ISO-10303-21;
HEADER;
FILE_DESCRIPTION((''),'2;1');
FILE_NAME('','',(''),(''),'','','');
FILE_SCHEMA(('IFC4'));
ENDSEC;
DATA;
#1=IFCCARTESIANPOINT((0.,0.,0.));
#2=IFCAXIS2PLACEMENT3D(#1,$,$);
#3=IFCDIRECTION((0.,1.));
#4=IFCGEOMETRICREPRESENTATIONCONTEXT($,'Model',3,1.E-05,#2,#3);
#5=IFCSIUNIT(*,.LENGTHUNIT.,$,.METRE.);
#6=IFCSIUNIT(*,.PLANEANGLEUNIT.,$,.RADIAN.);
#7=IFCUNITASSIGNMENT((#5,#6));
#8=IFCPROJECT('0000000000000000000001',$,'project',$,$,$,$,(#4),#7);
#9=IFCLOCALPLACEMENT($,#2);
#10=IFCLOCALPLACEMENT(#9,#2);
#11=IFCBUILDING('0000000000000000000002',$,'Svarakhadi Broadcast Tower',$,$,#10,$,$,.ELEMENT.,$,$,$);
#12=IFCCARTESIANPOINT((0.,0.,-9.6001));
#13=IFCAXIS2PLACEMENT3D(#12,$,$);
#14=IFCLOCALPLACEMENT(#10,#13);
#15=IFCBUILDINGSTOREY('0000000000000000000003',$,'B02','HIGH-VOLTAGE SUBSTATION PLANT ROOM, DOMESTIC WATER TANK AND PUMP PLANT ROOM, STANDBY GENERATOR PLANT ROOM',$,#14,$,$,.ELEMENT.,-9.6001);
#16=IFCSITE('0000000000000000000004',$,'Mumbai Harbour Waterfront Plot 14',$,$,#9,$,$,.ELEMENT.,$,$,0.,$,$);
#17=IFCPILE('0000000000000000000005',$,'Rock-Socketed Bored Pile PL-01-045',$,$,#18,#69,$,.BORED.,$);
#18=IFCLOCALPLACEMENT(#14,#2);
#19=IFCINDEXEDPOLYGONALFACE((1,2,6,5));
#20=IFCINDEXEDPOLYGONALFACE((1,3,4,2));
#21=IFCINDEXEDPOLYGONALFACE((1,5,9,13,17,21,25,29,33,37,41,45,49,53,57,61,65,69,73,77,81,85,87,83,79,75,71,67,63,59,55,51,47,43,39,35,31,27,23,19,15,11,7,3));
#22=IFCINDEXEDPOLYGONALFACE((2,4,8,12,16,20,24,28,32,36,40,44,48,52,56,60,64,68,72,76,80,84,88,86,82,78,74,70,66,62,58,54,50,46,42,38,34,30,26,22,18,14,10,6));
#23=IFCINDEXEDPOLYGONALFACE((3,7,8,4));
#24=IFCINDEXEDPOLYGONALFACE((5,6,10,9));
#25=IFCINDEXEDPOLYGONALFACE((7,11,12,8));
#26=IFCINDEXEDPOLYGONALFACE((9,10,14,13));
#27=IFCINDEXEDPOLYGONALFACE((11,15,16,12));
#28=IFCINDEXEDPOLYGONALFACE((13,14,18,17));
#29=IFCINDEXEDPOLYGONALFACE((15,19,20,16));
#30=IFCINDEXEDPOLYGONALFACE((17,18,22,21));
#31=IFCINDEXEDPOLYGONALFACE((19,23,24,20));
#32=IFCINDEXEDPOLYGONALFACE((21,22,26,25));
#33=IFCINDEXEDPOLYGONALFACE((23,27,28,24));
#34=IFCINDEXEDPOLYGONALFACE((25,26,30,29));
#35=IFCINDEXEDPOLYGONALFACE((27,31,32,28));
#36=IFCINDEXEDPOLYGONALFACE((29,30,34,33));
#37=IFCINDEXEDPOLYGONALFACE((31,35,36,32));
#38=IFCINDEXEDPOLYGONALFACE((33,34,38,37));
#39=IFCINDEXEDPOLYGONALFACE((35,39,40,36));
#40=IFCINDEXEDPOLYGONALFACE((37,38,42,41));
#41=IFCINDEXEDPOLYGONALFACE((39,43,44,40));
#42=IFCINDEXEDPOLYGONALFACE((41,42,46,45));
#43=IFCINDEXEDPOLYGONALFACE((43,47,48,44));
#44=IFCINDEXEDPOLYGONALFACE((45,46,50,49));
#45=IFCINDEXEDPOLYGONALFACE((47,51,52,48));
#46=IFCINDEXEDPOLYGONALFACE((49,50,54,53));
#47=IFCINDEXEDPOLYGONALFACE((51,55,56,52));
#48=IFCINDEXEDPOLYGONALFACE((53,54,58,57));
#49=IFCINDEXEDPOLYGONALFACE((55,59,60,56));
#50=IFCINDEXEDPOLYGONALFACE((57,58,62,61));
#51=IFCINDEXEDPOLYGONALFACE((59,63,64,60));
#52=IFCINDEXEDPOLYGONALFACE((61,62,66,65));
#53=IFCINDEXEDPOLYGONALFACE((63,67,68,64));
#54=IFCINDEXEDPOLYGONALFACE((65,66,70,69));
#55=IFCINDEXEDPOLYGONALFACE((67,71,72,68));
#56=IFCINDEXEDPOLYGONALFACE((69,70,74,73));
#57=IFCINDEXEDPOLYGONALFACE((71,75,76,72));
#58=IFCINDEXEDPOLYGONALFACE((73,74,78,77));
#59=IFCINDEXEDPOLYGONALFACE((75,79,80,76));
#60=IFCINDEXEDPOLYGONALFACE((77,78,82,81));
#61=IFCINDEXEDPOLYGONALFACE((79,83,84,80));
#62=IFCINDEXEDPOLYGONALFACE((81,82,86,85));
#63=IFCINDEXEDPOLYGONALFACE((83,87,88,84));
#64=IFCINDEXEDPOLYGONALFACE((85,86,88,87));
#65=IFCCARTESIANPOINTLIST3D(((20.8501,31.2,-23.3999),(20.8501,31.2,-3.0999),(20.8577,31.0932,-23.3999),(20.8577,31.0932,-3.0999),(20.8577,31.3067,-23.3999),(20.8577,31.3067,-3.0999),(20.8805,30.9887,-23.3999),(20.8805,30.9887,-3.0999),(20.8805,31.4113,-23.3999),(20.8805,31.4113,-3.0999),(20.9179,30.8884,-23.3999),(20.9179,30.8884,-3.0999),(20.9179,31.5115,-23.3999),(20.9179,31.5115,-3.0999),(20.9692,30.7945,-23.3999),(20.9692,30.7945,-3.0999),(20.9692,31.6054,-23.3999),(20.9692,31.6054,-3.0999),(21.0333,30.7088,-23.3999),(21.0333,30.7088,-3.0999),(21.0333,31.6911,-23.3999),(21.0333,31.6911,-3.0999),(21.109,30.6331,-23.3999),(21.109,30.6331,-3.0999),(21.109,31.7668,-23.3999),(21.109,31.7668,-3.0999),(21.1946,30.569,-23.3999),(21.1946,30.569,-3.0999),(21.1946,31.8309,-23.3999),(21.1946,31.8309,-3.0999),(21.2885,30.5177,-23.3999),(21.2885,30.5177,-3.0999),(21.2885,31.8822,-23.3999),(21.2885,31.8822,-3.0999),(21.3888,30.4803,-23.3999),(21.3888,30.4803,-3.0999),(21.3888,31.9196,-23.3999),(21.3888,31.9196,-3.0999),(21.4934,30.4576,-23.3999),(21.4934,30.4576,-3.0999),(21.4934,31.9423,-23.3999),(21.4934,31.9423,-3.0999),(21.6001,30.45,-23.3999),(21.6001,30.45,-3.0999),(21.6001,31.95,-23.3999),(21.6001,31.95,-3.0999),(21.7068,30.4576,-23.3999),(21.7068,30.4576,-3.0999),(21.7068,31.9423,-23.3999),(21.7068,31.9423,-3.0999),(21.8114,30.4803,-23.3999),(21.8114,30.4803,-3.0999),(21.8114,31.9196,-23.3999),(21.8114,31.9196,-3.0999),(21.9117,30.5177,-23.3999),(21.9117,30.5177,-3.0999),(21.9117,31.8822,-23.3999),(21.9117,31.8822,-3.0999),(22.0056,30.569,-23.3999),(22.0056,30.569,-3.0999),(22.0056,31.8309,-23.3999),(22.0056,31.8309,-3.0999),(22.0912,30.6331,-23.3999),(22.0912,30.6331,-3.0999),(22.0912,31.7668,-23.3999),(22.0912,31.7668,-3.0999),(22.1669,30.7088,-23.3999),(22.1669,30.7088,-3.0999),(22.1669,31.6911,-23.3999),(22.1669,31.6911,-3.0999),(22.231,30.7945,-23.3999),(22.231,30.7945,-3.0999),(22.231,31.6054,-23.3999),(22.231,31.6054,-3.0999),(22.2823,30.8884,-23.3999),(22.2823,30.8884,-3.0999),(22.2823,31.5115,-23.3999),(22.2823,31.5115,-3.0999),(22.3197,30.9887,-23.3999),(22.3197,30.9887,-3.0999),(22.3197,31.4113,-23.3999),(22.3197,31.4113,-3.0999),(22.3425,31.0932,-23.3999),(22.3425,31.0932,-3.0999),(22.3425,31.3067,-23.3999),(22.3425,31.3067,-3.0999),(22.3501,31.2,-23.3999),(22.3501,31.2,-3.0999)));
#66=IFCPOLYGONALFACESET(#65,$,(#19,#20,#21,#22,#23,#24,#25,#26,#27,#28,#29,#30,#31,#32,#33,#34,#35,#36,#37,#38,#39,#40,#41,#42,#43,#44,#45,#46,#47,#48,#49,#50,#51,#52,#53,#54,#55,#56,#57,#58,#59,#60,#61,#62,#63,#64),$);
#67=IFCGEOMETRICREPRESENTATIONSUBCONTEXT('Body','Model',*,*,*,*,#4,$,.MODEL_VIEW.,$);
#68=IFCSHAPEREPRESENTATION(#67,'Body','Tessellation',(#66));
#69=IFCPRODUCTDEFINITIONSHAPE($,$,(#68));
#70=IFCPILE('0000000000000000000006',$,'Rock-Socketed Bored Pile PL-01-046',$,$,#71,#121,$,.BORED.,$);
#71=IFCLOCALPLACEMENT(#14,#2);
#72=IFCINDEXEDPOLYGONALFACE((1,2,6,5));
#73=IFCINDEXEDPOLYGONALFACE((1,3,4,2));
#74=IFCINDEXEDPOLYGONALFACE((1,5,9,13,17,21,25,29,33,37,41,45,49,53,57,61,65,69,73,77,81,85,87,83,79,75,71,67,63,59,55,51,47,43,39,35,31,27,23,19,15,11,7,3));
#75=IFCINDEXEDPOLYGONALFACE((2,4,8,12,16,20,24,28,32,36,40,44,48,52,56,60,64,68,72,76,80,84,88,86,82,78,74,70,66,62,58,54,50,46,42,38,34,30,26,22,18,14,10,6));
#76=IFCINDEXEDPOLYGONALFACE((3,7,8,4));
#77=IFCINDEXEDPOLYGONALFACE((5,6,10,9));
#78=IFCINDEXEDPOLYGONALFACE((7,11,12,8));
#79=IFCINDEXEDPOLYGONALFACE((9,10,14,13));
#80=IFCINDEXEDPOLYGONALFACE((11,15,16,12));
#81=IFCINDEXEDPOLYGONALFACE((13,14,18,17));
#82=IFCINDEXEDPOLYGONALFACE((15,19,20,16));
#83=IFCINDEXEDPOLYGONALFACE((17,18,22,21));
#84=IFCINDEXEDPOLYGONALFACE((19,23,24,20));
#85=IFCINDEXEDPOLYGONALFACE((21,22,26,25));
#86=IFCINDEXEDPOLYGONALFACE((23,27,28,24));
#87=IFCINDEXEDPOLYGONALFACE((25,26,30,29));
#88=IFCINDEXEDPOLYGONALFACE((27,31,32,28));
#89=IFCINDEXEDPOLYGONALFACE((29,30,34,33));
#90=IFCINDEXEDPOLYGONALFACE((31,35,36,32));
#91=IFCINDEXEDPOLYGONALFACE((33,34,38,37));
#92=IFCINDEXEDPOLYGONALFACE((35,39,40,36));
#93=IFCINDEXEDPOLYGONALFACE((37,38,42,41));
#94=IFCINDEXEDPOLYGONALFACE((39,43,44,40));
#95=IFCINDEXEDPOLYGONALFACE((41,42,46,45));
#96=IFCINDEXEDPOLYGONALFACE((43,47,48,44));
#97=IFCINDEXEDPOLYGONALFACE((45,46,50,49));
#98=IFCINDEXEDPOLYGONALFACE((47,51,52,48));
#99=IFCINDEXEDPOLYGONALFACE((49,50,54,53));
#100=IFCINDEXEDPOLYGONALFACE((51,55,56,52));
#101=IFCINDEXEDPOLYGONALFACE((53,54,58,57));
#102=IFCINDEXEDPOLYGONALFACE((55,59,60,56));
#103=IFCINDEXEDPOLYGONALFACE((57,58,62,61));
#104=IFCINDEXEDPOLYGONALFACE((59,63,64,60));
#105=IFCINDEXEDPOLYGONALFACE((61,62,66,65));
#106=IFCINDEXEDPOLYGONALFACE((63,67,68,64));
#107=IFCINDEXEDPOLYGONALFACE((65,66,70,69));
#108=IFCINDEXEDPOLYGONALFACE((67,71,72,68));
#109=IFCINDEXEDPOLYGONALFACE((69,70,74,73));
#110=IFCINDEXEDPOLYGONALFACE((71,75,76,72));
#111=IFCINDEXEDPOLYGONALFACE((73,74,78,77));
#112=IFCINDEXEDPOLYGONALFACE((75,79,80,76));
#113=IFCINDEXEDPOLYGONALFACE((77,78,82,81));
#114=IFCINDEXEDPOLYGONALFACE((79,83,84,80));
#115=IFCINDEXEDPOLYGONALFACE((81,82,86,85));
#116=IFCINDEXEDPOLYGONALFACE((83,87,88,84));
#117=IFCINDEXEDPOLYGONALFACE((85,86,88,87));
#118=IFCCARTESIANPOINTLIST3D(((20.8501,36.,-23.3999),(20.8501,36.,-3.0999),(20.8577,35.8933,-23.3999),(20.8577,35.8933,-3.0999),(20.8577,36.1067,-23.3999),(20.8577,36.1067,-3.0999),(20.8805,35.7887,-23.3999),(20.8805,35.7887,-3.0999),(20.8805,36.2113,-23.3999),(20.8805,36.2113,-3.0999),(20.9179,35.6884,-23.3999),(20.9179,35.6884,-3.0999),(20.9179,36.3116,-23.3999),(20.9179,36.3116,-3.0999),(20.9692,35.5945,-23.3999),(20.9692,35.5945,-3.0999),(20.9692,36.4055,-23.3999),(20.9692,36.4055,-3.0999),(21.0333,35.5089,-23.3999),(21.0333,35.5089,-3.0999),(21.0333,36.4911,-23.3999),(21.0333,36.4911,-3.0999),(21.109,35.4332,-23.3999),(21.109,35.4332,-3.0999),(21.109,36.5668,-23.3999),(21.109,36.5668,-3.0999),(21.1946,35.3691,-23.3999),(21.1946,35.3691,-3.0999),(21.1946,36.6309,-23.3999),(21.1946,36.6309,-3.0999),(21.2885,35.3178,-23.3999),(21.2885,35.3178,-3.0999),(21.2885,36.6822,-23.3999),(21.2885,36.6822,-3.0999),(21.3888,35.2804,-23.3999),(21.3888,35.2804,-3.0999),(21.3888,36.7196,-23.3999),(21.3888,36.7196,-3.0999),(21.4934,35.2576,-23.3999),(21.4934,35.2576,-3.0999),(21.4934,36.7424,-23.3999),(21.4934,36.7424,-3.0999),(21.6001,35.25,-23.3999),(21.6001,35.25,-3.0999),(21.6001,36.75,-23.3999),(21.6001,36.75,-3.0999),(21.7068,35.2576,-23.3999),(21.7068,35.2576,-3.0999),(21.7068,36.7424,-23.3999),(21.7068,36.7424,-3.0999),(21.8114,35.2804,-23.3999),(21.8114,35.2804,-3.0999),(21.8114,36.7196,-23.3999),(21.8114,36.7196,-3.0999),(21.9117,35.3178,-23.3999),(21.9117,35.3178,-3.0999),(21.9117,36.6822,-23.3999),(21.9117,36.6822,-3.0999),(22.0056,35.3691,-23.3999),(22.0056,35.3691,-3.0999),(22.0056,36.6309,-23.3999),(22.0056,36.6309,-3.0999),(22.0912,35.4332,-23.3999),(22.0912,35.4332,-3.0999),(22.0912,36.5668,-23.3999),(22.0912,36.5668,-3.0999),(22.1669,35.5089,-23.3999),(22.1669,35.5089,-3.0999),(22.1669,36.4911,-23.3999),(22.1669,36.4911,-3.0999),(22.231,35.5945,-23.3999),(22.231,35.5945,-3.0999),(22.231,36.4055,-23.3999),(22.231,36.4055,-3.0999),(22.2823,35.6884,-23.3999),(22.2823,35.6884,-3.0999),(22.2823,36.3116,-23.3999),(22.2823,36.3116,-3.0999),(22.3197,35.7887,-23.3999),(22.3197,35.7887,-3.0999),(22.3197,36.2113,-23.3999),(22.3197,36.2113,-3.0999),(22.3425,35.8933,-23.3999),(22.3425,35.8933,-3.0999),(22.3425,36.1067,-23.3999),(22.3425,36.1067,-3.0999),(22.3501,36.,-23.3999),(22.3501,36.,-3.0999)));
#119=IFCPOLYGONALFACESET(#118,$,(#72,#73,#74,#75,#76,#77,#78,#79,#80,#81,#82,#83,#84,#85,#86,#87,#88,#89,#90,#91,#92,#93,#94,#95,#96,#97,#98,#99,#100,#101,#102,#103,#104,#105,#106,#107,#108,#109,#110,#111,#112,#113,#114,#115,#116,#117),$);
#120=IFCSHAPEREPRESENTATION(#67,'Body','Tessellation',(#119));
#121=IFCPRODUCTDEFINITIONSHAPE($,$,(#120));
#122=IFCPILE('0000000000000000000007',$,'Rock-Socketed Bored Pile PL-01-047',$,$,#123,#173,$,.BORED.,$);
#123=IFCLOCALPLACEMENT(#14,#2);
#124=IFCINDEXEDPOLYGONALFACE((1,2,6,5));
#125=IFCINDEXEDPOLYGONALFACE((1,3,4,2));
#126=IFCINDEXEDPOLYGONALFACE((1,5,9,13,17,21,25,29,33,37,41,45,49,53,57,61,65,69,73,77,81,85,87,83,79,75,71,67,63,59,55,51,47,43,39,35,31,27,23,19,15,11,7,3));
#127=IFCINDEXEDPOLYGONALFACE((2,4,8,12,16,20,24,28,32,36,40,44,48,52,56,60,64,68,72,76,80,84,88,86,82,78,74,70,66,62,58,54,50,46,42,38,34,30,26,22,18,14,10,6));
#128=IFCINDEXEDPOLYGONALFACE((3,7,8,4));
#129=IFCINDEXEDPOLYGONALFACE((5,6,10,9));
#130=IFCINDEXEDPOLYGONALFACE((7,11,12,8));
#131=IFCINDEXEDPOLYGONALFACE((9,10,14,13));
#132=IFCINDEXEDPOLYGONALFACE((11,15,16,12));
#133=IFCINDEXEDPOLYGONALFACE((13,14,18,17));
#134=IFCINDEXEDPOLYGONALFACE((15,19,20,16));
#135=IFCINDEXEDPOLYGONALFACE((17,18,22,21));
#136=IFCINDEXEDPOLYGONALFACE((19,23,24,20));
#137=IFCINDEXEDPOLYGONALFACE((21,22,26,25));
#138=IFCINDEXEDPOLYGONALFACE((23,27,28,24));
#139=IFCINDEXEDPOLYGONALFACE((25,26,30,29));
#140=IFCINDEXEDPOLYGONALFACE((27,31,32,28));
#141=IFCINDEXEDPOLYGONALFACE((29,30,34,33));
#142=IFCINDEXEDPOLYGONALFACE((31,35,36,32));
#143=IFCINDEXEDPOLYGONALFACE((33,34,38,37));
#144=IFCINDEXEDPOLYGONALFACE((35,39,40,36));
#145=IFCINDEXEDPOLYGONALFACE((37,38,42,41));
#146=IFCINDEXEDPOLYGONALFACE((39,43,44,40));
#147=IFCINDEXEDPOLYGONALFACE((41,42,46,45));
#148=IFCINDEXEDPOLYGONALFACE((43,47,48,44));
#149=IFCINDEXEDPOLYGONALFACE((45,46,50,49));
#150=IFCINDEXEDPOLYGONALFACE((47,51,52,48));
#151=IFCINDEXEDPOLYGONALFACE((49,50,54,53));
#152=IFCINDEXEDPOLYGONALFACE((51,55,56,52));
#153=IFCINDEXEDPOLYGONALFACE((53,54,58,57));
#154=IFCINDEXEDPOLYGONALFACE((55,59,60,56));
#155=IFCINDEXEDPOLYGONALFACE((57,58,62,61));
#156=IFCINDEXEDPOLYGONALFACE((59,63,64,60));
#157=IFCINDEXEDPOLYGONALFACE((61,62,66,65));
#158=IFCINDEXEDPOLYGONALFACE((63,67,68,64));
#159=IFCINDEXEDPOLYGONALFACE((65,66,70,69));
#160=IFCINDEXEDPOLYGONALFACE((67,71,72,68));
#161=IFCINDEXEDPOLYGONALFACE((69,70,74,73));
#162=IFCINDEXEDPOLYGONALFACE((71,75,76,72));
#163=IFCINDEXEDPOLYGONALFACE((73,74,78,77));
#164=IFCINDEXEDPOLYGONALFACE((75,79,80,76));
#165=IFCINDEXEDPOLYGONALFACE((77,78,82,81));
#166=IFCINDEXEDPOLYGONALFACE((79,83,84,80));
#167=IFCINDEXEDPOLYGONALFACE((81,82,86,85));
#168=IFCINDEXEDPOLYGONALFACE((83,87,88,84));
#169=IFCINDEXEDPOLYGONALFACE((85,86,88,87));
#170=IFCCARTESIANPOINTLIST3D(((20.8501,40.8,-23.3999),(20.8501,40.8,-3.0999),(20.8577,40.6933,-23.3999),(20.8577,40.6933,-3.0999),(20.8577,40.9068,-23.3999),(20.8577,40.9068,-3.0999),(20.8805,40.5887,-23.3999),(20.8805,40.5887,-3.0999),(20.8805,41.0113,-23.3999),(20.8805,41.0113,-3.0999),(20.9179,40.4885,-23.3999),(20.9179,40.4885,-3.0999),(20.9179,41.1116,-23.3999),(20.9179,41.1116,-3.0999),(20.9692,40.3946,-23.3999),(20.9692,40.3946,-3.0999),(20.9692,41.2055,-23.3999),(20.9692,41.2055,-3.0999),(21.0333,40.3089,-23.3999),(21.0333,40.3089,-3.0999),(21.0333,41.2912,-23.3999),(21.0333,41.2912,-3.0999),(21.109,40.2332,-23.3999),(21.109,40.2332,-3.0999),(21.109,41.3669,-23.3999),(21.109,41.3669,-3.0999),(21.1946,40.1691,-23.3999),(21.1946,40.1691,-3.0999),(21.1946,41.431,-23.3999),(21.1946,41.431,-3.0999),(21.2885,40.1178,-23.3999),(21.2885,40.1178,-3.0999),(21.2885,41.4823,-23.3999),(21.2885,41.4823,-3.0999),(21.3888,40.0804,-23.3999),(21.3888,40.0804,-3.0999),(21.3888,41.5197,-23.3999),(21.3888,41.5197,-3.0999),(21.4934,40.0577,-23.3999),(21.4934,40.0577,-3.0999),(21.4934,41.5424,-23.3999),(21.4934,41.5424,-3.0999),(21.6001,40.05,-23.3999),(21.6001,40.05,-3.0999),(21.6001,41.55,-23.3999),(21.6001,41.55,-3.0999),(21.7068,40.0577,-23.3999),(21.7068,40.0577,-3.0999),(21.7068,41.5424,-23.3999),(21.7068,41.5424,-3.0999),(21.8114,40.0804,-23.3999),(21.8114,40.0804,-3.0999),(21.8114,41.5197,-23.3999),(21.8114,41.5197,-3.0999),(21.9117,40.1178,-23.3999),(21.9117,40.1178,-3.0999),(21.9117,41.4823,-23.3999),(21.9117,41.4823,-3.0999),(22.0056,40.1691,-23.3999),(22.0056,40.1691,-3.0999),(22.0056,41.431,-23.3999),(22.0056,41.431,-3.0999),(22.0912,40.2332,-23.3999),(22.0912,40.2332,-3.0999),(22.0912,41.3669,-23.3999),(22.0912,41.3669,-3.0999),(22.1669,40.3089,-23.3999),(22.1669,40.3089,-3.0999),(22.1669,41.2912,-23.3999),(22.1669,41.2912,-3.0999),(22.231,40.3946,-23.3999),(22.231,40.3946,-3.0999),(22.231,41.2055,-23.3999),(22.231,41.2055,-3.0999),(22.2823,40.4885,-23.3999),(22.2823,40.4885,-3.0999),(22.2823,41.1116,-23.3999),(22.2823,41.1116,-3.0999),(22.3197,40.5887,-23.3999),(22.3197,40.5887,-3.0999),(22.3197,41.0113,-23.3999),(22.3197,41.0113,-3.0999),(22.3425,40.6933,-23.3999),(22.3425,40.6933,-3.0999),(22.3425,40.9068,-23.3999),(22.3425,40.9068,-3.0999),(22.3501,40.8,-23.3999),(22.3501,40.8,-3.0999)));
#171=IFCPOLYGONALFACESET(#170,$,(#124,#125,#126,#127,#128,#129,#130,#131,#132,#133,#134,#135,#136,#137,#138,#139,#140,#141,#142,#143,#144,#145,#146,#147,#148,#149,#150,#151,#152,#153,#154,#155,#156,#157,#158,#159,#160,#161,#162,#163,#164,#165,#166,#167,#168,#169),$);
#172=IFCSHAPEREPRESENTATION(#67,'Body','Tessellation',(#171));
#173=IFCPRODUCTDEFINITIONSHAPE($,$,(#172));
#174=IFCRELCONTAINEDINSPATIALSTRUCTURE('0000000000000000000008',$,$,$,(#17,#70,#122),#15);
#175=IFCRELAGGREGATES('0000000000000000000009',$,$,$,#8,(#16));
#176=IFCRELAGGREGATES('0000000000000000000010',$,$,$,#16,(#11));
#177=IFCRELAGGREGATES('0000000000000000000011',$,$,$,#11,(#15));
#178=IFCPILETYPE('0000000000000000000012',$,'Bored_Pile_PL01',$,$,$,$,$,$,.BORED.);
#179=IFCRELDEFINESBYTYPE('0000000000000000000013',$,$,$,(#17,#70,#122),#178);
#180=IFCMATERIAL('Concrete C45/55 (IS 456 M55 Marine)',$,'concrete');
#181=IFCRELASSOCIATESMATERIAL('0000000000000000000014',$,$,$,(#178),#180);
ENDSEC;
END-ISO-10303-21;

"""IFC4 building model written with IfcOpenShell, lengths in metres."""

from ifc_helpers import new_model, si_unit, direction, frame, origin, origin_2d, place, context, subcontext, project, spatial, circle, extrude, material, material_profile, profile_set, type_object, element, save


model = new_model("IFC4")

# Units and contexts
model_context = context("Model", 3, precision=1e-05, world=origin(), true_north=direction((0.0, 1.0)))
body_context = subcontext(model_context, "Body", "Model", "MODEL_VIEW")
ifc_project = project(units=[si_unit("LENGTHUNIT", "METRE"), si_unit("PLANEANGLEUNIT", "RADIAN")], contexts=[model_context])

# Site, building, storey
site_placement = place(None, origin())
site = spatial("IfcSite", under=ifc_project, at=site_placement, Name="Mumbai Harbour Waterfront Plot 14", CompositionType="ELEMENT", RefElevation=0.0)
building_placement = place(site_placement, origin())
building = spatial("IfcBuilding", under=site, at=building_placement, Name="Svarakhadi Broadcast Tower", CompositionType="ELEMENT")
storey_placement = place(building_placement, frame((0.0, 0.0, -9.6001)))
storey = spatial("IfcBuildingStorey", under=building, at=storey_placement, Name="B02", Description="HIGH-VOLTAGE SUBSTATION PLANT ROOM, DOMESTIC WATER TANK AND PUMP PLANT ROOM, STANDBY GENERATOR PLANT ROOM", CompositionType="ELEMENT", Elevation=-9.6001)

# Piles
ifc_material_1 = material(Name="Concrete C45/55 (IS 456 M55 Marine)", Category="concrete")
ifc_material_profile_1 = material_profile(ifc_material_1, circle(Radius=0.75, at=origin_2d()), Name="PILE D1500")
ifc_profile_set_1 = profile_set([ifc_material_profile_1], Name="Concrete C45/55 (IS 456 M55 Marine)")
pile_type = type_object("IfcPileType", Name="Bored_Pile_PL01", PredefinedType="BORED", material=ifc_profile_set_1)
for number, where, z_axis, x_axis, name in (
    (1, (21.6001, 31.2, -3.0999), (0.0, 0.0, -1.0), (1.0, 0.0, 0.0), "Rock-Socketed Bored Pile PL-01-045"),
    (2, (21.6001, 36.0, -3.0999), (0.0, 0.0, -1.0), (1.0, 0.0, 0.0), "Rock-Socketed Bored Pile PL-01-046"),
    (3, (21.6001, 40.8, -3.0999), (0.0, 0.0, -1.0), (1.0, 0.0, 0.0), "Rock-Socketed Bored Pile PL-01-047"),
):
    element("IfcPile", number, at=place(storey_placement, frame(where, z_axis=z_axis, x_axis=x_axis)), inside=storey, type_object=pile_type, Name=name, PredefinedType="BORED", context=body_context, shape_type="SweptSolid", body=[
        extrude(circle(Radius=0.75, at=origin_2d()), origin(), (0.0, 0.0, 1.0), 20.3),
    ])

save(model, "model.ifc")
